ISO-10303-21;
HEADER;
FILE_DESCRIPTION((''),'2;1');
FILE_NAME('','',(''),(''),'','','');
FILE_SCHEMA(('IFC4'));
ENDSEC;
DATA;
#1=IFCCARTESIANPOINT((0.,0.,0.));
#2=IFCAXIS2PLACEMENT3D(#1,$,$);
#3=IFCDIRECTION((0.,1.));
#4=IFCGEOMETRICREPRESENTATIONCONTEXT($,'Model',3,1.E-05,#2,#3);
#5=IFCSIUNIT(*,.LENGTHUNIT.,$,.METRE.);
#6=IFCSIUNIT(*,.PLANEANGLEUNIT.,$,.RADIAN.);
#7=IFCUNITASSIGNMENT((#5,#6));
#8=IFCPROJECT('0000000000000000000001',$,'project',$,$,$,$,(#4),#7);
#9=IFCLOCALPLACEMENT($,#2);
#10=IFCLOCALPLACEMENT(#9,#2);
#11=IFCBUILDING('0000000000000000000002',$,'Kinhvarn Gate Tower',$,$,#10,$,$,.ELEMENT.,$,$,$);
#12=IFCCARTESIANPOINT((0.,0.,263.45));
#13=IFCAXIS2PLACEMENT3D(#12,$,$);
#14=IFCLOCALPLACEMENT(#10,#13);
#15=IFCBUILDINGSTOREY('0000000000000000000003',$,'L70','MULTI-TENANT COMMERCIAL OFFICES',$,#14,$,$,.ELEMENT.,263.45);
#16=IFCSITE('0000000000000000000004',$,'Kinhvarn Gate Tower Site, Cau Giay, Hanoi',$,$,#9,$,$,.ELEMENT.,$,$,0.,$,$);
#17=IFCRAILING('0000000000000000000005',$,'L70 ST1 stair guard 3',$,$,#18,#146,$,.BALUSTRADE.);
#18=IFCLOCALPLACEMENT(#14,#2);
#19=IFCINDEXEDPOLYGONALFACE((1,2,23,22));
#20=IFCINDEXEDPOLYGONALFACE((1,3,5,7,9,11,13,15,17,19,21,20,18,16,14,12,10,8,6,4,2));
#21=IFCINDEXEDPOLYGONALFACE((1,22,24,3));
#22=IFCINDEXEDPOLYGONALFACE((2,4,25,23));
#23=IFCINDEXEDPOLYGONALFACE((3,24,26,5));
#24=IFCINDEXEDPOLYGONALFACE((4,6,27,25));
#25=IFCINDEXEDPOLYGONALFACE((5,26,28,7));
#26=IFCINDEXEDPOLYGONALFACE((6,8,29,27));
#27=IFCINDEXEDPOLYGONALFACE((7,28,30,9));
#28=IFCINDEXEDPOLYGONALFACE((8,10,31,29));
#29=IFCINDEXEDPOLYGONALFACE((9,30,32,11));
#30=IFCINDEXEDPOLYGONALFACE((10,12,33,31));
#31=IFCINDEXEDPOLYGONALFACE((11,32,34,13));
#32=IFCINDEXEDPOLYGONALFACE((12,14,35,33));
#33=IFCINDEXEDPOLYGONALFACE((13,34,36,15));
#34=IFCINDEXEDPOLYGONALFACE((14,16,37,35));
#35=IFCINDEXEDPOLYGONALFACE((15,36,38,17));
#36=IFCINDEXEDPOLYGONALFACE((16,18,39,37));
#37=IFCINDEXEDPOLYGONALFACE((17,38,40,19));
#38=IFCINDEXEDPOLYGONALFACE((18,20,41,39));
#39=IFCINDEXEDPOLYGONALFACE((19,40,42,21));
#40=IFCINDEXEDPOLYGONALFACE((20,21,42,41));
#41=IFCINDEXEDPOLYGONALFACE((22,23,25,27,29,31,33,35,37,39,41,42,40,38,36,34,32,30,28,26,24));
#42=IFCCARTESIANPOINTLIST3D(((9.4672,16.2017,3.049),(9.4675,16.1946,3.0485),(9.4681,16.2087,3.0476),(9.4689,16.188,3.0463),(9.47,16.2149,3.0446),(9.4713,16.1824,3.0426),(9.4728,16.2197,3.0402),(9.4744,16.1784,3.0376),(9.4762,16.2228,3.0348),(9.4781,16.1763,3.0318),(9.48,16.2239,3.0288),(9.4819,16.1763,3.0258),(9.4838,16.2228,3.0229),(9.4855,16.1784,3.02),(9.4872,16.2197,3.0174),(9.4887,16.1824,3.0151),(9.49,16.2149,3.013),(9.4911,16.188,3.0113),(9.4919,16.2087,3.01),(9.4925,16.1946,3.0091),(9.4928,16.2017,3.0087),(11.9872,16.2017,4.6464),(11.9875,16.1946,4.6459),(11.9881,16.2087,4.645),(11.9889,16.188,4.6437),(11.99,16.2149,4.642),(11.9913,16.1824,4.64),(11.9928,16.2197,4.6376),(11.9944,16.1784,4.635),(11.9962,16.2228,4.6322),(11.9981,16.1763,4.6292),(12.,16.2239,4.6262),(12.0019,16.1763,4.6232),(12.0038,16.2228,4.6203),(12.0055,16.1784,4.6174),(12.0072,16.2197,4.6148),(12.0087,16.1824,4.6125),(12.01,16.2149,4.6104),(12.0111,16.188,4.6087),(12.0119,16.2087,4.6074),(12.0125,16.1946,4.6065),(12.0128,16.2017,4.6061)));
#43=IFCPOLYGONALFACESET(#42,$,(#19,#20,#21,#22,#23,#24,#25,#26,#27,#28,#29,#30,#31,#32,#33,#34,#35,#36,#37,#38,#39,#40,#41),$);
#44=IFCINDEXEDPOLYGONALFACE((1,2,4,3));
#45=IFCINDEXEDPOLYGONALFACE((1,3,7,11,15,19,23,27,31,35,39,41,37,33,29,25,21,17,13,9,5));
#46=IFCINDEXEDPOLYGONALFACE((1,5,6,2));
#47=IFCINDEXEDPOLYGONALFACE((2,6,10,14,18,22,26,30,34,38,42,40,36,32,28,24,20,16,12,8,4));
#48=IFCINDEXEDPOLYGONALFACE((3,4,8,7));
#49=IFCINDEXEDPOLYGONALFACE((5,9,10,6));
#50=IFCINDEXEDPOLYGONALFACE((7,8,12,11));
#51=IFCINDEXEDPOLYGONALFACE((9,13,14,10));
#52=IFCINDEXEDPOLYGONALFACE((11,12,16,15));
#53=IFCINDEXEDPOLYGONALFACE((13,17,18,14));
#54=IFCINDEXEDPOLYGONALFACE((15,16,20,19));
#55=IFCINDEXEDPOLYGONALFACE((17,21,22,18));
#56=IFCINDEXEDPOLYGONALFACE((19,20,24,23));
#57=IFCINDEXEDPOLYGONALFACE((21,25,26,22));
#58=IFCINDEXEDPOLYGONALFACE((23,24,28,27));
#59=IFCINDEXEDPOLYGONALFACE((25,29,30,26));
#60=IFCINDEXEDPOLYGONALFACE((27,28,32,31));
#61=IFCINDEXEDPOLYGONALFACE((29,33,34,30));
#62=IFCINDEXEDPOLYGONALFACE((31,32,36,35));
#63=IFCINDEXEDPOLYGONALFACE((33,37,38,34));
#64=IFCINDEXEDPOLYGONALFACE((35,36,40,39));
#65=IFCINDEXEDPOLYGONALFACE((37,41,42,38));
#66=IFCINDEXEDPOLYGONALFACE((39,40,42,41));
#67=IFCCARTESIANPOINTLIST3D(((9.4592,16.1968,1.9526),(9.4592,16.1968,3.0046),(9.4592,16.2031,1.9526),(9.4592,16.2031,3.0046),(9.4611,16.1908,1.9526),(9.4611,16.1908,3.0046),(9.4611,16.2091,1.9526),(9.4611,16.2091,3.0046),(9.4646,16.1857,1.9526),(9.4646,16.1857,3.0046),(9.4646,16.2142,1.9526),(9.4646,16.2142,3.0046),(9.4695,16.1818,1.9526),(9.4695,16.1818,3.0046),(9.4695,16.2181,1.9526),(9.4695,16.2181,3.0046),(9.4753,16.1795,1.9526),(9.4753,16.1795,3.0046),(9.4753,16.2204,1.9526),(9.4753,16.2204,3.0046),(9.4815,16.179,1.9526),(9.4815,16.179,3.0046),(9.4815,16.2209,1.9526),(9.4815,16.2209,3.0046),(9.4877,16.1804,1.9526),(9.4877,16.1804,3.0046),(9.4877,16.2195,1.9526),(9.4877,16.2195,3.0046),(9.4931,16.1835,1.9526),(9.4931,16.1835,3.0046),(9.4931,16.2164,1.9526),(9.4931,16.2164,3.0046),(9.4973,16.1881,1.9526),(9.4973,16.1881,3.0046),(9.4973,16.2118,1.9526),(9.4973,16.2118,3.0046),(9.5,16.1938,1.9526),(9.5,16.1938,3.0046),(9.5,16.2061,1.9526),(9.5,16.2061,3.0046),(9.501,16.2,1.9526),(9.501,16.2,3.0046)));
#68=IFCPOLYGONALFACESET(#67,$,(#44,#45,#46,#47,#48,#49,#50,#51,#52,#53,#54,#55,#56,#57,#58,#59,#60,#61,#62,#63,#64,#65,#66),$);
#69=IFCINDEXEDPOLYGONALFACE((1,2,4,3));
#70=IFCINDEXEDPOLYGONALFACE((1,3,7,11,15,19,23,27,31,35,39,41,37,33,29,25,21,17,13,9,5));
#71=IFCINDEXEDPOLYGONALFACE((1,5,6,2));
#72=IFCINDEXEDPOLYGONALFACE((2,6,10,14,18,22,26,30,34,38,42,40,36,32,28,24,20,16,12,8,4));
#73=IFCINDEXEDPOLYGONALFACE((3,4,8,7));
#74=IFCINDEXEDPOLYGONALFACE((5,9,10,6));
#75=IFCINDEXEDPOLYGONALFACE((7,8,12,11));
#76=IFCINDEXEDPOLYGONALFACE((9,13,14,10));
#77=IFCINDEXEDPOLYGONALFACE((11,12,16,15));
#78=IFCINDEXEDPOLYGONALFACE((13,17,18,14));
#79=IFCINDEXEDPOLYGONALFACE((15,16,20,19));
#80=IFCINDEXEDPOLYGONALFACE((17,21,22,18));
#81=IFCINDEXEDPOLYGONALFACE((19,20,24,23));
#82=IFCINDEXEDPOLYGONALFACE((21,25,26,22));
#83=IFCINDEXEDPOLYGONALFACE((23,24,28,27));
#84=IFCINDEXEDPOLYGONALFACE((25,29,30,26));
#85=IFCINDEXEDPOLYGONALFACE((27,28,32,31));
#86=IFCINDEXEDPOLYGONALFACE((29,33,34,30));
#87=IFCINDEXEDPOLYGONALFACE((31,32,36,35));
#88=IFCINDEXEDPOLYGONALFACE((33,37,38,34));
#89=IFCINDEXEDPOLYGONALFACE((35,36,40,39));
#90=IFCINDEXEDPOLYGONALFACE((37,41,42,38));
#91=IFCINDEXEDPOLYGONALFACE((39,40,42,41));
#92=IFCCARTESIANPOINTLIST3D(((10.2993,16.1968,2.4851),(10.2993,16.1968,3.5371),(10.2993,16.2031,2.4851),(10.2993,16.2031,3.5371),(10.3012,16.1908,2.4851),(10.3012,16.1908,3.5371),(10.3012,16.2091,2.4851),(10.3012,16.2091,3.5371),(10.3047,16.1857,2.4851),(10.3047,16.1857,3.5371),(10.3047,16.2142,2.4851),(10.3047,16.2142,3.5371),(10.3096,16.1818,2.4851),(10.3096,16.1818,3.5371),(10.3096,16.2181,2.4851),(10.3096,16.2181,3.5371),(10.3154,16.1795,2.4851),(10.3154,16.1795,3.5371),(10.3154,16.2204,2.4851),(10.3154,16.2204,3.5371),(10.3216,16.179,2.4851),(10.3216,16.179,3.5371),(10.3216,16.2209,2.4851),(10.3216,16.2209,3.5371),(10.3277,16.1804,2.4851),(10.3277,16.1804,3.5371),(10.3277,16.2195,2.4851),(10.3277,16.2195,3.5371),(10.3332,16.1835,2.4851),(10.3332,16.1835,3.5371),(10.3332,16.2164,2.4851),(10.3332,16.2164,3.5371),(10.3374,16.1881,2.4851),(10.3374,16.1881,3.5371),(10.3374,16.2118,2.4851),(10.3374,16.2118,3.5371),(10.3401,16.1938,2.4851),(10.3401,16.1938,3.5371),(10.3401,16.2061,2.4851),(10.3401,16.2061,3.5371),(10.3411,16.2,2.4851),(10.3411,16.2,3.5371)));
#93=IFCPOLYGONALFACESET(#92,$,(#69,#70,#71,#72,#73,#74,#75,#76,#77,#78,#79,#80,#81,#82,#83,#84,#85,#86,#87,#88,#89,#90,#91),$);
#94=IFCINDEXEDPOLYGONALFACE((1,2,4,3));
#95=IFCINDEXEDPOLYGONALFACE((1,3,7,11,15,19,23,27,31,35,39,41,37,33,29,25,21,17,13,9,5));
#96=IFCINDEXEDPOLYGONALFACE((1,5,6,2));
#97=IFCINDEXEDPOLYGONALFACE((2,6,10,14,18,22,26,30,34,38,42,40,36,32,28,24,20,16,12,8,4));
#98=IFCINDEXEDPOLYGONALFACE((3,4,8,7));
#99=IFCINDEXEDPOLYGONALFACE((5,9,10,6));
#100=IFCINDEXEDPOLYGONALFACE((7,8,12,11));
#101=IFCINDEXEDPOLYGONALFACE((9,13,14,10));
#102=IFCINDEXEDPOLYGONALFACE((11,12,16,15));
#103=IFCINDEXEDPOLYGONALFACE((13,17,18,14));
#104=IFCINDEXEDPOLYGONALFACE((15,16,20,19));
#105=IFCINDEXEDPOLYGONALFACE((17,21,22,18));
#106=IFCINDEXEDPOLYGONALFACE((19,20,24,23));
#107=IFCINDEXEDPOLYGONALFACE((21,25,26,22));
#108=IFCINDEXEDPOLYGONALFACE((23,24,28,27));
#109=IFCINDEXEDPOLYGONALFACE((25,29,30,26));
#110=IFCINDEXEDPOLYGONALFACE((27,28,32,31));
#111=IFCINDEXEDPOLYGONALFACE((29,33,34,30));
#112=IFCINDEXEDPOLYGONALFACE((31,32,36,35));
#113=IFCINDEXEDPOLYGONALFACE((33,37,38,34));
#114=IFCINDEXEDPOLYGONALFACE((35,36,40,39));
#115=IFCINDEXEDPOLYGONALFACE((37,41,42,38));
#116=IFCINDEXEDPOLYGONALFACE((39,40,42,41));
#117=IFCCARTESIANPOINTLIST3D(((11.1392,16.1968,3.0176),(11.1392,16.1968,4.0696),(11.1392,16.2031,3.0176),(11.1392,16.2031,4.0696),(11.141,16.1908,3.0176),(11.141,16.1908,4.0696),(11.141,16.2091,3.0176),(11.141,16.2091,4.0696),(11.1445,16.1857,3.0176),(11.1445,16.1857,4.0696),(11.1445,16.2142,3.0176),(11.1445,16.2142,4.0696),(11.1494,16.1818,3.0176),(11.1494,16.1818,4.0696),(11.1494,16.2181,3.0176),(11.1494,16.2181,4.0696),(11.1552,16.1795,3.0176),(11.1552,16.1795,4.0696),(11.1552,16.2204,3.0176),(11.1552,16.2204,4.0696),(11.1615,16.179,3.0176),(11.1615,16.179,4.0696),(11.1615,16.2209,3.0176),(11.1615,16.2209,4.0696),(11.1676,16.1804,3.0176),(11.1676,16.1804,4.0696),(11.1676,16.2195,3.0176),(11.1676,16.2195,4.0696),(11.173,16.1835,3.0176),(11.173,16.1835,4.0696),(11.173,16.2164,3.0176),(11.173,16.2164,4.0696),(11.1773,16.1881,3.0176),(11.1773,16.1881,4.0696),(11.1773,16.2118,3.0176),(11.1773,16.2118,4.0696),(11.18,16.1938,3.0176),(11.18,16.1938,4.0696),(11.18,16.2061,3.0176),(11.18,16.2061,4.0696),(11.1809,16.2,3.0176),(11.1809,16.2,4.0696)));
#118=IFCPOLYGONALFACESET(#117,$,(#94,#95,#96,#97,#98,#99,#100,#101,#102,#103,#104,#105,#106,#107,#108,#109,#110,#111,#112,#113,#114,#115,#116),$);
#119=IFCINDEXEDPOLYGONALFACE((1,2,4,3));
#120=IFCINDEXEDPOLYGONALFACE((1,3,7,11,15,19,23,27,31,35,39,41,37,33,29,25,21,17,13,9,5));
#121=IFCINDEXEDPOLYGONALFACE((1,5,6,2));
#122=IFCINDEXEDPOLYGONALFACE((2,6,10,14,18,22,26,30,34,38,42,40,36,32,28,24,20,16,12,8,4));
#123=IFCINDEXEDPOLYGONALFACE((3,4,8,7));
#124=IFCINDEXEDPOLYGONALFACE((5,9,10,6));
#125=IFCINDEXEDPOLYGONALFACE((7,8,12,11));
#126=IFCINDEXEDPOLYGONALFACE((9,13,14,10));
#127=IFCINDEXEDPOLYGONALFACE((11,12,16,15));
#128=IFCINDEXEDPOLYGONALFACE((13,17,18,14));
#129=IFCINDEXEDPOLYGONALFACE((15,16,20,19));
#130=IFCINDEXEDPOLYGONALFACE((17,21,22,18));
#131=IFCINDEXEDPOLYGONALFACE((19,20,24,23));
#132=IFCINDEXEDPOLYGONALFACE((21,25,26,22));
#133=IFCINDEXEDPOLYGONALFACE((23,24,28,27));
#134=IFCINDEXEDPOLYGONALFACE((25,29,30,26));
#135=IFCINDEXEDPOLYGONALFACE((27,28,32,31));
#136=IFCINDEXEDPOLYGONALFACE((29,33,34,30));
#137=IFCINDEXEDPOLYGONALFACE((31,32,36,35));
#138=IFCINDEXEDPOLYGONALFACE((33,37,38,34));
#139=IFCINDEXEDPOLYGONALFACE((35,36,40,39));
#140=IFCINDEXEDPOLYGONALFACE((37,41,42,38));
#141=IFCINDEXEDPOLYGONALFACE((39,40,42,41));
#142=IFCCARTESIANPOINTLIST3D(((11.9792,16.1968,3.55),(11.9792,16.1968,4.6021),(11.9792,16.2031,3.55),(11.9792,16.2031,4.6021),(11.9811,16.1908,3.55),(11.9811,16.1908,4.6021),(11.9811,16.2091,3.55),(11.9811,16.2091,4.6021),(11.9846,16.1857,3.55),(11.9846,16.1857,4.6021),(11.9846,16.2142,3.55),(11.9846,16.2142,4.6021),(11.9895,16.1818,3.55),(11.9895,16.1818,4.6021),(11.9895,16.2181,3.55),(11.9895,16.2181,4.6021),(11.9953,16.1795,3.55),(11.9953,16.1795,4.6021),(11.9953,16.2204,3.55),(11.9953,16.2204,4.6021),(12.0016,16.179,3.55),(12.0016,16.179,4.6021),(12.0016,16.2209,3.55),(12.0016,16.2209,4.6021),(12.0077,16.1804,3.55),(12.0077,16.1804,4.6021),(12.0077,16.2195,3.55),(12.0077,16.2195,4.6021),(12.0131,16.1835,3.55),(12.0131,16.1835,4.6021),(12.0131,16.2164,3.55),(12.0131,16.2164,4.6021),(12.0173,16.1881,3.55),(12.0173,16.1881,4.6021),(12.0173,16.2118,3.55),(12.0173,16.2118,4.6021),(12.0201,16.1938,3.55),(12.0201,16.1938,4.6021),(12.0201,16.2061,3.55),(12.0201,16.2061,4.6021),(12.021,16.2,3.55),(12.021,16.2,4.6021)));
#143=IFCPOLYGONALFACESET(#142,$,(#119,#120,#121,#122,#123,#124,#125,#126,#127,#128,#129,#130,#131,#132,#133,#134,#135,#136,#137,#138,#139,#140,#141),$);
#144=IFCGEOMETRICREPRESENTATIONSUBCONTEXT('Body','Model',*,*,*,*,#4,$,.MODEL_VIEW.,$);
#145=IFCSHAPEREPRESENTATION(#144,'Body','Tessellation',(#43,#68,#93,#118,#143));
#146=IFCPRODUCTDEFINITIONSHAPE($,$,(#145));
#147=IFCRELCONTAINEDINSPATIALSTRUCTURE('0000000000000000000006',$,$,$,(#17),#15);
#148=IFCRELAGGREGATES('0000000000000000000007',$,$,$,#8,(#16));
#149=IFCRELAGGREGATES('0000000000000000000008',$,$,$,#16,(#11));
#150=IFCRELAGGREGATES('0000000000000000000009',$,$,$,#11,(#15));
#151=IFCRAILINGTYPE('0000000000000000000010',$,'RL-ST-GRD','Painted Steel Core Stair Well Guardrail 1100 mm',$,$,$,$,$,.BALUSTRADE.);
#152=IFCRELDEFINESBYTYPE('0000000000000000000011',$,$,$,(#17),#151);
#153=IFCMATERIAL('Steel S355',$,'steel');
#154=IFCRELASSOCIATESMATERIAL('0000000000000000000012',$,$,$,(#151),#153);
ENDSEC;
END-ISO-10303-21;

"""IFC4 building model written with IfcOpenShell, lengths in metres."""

from ifc_helpers import new_model, si_unit, direction, frame, origin, origin_2d, place, context, subcontext, project, spatial, circle, extrude, material, type_object, element, save


model = new_model("IFC4")

# Units and contexts
model_context = context("Model", 3, precision=1e-05, world=origin(), true_north=direction((0.0, 1.0)))
body_context = subcontext(model_context, "Body", "Model", "MODEL_VIEW")
ifc_project = project(units=[si_unit("LENGTHUNIT", "METRE"), si_unit("PLANEANGLEUNIT", "RADIAN")], contexts=[model_context])

# Site, building, storey
site_placement = place(None, origin())
site = spatial("IfcSite", under=ifc_project, at=site_placement, Name="Kinhvarn Gate Tower Site, Cau Giay, Hanoi", CompositionType="ELEMENT", RefElevation=0.0)
building_placement = place(site_placement, origin())
building = spatial("IfcBuilding", under=site, at=building_placement, Name="Kinhvarn Gate Tower", CompositionType="ELEMENT")
storey_placement = place(building_placement, frame((0.0, 0.0, 263.45)))
storey = spatial("IfcBuildingStorey", under=building, at=storey_placement, Name="L70", Description="MULTI-TENANT COMMERCIAL OFFICES", CompositionType="ELEMENT", Elevation=263.45)

# Shared definitions
ifc_material_1 = material(Name="Steel S355", Category="steel")

# Railing
railing_type_1 = type_object("IfcRailingType", Name="RL-ST-GRD", Description="Painted Steel Core Stair Well Guardrail 1100 mm", PredefinedType="BALUSTRADE", material=ifc_material_1)
railing_1_placement = place(storey_placement, frame((9.48, 16.2, 1.9526)))
element("IfcRailing", 1, at=railing_1_placement, inside=storey, type_object=railing_type_1, Name="L70 ST1 stair guard 3", PredefinedType="BALUSTRADE", context=body_context, shape_type="SweptSolid", body=[
    extrude(circle(Radius=0.0239, at=origin_2d()), frame((0.0, 0.0, 1.0762), z_axis=(0.844607, 0.0, 0.535387), x_axis=(0.0, 1.0, 0.0)), (0.0, 0.0, 1.0), 2.9836),
    extrude(circle(Radius=0.021, at=origin_2d()), origin(), (0.0, 0.0, 1.0), 1.052),
    extrude(circle(Radius=0.021, at=origin_2d()), frame((0.8401, 0.0, 0.5325)), (0.0, 0.0, 1.0), 1.052),
    extrude(circle(Radius=0.021, at=origin_2d()), frame((1.6799, 0.0, 1.0649)), (0.0, 0.0, 1.0), 1.052),
    extrude(circle(Radius=0.021, at=origin_2d()), frame((2.52, 0.0, 1.5974)), (0.0, 0.0, 1.0), 1.052),
])

save(model, "model.ifc")
